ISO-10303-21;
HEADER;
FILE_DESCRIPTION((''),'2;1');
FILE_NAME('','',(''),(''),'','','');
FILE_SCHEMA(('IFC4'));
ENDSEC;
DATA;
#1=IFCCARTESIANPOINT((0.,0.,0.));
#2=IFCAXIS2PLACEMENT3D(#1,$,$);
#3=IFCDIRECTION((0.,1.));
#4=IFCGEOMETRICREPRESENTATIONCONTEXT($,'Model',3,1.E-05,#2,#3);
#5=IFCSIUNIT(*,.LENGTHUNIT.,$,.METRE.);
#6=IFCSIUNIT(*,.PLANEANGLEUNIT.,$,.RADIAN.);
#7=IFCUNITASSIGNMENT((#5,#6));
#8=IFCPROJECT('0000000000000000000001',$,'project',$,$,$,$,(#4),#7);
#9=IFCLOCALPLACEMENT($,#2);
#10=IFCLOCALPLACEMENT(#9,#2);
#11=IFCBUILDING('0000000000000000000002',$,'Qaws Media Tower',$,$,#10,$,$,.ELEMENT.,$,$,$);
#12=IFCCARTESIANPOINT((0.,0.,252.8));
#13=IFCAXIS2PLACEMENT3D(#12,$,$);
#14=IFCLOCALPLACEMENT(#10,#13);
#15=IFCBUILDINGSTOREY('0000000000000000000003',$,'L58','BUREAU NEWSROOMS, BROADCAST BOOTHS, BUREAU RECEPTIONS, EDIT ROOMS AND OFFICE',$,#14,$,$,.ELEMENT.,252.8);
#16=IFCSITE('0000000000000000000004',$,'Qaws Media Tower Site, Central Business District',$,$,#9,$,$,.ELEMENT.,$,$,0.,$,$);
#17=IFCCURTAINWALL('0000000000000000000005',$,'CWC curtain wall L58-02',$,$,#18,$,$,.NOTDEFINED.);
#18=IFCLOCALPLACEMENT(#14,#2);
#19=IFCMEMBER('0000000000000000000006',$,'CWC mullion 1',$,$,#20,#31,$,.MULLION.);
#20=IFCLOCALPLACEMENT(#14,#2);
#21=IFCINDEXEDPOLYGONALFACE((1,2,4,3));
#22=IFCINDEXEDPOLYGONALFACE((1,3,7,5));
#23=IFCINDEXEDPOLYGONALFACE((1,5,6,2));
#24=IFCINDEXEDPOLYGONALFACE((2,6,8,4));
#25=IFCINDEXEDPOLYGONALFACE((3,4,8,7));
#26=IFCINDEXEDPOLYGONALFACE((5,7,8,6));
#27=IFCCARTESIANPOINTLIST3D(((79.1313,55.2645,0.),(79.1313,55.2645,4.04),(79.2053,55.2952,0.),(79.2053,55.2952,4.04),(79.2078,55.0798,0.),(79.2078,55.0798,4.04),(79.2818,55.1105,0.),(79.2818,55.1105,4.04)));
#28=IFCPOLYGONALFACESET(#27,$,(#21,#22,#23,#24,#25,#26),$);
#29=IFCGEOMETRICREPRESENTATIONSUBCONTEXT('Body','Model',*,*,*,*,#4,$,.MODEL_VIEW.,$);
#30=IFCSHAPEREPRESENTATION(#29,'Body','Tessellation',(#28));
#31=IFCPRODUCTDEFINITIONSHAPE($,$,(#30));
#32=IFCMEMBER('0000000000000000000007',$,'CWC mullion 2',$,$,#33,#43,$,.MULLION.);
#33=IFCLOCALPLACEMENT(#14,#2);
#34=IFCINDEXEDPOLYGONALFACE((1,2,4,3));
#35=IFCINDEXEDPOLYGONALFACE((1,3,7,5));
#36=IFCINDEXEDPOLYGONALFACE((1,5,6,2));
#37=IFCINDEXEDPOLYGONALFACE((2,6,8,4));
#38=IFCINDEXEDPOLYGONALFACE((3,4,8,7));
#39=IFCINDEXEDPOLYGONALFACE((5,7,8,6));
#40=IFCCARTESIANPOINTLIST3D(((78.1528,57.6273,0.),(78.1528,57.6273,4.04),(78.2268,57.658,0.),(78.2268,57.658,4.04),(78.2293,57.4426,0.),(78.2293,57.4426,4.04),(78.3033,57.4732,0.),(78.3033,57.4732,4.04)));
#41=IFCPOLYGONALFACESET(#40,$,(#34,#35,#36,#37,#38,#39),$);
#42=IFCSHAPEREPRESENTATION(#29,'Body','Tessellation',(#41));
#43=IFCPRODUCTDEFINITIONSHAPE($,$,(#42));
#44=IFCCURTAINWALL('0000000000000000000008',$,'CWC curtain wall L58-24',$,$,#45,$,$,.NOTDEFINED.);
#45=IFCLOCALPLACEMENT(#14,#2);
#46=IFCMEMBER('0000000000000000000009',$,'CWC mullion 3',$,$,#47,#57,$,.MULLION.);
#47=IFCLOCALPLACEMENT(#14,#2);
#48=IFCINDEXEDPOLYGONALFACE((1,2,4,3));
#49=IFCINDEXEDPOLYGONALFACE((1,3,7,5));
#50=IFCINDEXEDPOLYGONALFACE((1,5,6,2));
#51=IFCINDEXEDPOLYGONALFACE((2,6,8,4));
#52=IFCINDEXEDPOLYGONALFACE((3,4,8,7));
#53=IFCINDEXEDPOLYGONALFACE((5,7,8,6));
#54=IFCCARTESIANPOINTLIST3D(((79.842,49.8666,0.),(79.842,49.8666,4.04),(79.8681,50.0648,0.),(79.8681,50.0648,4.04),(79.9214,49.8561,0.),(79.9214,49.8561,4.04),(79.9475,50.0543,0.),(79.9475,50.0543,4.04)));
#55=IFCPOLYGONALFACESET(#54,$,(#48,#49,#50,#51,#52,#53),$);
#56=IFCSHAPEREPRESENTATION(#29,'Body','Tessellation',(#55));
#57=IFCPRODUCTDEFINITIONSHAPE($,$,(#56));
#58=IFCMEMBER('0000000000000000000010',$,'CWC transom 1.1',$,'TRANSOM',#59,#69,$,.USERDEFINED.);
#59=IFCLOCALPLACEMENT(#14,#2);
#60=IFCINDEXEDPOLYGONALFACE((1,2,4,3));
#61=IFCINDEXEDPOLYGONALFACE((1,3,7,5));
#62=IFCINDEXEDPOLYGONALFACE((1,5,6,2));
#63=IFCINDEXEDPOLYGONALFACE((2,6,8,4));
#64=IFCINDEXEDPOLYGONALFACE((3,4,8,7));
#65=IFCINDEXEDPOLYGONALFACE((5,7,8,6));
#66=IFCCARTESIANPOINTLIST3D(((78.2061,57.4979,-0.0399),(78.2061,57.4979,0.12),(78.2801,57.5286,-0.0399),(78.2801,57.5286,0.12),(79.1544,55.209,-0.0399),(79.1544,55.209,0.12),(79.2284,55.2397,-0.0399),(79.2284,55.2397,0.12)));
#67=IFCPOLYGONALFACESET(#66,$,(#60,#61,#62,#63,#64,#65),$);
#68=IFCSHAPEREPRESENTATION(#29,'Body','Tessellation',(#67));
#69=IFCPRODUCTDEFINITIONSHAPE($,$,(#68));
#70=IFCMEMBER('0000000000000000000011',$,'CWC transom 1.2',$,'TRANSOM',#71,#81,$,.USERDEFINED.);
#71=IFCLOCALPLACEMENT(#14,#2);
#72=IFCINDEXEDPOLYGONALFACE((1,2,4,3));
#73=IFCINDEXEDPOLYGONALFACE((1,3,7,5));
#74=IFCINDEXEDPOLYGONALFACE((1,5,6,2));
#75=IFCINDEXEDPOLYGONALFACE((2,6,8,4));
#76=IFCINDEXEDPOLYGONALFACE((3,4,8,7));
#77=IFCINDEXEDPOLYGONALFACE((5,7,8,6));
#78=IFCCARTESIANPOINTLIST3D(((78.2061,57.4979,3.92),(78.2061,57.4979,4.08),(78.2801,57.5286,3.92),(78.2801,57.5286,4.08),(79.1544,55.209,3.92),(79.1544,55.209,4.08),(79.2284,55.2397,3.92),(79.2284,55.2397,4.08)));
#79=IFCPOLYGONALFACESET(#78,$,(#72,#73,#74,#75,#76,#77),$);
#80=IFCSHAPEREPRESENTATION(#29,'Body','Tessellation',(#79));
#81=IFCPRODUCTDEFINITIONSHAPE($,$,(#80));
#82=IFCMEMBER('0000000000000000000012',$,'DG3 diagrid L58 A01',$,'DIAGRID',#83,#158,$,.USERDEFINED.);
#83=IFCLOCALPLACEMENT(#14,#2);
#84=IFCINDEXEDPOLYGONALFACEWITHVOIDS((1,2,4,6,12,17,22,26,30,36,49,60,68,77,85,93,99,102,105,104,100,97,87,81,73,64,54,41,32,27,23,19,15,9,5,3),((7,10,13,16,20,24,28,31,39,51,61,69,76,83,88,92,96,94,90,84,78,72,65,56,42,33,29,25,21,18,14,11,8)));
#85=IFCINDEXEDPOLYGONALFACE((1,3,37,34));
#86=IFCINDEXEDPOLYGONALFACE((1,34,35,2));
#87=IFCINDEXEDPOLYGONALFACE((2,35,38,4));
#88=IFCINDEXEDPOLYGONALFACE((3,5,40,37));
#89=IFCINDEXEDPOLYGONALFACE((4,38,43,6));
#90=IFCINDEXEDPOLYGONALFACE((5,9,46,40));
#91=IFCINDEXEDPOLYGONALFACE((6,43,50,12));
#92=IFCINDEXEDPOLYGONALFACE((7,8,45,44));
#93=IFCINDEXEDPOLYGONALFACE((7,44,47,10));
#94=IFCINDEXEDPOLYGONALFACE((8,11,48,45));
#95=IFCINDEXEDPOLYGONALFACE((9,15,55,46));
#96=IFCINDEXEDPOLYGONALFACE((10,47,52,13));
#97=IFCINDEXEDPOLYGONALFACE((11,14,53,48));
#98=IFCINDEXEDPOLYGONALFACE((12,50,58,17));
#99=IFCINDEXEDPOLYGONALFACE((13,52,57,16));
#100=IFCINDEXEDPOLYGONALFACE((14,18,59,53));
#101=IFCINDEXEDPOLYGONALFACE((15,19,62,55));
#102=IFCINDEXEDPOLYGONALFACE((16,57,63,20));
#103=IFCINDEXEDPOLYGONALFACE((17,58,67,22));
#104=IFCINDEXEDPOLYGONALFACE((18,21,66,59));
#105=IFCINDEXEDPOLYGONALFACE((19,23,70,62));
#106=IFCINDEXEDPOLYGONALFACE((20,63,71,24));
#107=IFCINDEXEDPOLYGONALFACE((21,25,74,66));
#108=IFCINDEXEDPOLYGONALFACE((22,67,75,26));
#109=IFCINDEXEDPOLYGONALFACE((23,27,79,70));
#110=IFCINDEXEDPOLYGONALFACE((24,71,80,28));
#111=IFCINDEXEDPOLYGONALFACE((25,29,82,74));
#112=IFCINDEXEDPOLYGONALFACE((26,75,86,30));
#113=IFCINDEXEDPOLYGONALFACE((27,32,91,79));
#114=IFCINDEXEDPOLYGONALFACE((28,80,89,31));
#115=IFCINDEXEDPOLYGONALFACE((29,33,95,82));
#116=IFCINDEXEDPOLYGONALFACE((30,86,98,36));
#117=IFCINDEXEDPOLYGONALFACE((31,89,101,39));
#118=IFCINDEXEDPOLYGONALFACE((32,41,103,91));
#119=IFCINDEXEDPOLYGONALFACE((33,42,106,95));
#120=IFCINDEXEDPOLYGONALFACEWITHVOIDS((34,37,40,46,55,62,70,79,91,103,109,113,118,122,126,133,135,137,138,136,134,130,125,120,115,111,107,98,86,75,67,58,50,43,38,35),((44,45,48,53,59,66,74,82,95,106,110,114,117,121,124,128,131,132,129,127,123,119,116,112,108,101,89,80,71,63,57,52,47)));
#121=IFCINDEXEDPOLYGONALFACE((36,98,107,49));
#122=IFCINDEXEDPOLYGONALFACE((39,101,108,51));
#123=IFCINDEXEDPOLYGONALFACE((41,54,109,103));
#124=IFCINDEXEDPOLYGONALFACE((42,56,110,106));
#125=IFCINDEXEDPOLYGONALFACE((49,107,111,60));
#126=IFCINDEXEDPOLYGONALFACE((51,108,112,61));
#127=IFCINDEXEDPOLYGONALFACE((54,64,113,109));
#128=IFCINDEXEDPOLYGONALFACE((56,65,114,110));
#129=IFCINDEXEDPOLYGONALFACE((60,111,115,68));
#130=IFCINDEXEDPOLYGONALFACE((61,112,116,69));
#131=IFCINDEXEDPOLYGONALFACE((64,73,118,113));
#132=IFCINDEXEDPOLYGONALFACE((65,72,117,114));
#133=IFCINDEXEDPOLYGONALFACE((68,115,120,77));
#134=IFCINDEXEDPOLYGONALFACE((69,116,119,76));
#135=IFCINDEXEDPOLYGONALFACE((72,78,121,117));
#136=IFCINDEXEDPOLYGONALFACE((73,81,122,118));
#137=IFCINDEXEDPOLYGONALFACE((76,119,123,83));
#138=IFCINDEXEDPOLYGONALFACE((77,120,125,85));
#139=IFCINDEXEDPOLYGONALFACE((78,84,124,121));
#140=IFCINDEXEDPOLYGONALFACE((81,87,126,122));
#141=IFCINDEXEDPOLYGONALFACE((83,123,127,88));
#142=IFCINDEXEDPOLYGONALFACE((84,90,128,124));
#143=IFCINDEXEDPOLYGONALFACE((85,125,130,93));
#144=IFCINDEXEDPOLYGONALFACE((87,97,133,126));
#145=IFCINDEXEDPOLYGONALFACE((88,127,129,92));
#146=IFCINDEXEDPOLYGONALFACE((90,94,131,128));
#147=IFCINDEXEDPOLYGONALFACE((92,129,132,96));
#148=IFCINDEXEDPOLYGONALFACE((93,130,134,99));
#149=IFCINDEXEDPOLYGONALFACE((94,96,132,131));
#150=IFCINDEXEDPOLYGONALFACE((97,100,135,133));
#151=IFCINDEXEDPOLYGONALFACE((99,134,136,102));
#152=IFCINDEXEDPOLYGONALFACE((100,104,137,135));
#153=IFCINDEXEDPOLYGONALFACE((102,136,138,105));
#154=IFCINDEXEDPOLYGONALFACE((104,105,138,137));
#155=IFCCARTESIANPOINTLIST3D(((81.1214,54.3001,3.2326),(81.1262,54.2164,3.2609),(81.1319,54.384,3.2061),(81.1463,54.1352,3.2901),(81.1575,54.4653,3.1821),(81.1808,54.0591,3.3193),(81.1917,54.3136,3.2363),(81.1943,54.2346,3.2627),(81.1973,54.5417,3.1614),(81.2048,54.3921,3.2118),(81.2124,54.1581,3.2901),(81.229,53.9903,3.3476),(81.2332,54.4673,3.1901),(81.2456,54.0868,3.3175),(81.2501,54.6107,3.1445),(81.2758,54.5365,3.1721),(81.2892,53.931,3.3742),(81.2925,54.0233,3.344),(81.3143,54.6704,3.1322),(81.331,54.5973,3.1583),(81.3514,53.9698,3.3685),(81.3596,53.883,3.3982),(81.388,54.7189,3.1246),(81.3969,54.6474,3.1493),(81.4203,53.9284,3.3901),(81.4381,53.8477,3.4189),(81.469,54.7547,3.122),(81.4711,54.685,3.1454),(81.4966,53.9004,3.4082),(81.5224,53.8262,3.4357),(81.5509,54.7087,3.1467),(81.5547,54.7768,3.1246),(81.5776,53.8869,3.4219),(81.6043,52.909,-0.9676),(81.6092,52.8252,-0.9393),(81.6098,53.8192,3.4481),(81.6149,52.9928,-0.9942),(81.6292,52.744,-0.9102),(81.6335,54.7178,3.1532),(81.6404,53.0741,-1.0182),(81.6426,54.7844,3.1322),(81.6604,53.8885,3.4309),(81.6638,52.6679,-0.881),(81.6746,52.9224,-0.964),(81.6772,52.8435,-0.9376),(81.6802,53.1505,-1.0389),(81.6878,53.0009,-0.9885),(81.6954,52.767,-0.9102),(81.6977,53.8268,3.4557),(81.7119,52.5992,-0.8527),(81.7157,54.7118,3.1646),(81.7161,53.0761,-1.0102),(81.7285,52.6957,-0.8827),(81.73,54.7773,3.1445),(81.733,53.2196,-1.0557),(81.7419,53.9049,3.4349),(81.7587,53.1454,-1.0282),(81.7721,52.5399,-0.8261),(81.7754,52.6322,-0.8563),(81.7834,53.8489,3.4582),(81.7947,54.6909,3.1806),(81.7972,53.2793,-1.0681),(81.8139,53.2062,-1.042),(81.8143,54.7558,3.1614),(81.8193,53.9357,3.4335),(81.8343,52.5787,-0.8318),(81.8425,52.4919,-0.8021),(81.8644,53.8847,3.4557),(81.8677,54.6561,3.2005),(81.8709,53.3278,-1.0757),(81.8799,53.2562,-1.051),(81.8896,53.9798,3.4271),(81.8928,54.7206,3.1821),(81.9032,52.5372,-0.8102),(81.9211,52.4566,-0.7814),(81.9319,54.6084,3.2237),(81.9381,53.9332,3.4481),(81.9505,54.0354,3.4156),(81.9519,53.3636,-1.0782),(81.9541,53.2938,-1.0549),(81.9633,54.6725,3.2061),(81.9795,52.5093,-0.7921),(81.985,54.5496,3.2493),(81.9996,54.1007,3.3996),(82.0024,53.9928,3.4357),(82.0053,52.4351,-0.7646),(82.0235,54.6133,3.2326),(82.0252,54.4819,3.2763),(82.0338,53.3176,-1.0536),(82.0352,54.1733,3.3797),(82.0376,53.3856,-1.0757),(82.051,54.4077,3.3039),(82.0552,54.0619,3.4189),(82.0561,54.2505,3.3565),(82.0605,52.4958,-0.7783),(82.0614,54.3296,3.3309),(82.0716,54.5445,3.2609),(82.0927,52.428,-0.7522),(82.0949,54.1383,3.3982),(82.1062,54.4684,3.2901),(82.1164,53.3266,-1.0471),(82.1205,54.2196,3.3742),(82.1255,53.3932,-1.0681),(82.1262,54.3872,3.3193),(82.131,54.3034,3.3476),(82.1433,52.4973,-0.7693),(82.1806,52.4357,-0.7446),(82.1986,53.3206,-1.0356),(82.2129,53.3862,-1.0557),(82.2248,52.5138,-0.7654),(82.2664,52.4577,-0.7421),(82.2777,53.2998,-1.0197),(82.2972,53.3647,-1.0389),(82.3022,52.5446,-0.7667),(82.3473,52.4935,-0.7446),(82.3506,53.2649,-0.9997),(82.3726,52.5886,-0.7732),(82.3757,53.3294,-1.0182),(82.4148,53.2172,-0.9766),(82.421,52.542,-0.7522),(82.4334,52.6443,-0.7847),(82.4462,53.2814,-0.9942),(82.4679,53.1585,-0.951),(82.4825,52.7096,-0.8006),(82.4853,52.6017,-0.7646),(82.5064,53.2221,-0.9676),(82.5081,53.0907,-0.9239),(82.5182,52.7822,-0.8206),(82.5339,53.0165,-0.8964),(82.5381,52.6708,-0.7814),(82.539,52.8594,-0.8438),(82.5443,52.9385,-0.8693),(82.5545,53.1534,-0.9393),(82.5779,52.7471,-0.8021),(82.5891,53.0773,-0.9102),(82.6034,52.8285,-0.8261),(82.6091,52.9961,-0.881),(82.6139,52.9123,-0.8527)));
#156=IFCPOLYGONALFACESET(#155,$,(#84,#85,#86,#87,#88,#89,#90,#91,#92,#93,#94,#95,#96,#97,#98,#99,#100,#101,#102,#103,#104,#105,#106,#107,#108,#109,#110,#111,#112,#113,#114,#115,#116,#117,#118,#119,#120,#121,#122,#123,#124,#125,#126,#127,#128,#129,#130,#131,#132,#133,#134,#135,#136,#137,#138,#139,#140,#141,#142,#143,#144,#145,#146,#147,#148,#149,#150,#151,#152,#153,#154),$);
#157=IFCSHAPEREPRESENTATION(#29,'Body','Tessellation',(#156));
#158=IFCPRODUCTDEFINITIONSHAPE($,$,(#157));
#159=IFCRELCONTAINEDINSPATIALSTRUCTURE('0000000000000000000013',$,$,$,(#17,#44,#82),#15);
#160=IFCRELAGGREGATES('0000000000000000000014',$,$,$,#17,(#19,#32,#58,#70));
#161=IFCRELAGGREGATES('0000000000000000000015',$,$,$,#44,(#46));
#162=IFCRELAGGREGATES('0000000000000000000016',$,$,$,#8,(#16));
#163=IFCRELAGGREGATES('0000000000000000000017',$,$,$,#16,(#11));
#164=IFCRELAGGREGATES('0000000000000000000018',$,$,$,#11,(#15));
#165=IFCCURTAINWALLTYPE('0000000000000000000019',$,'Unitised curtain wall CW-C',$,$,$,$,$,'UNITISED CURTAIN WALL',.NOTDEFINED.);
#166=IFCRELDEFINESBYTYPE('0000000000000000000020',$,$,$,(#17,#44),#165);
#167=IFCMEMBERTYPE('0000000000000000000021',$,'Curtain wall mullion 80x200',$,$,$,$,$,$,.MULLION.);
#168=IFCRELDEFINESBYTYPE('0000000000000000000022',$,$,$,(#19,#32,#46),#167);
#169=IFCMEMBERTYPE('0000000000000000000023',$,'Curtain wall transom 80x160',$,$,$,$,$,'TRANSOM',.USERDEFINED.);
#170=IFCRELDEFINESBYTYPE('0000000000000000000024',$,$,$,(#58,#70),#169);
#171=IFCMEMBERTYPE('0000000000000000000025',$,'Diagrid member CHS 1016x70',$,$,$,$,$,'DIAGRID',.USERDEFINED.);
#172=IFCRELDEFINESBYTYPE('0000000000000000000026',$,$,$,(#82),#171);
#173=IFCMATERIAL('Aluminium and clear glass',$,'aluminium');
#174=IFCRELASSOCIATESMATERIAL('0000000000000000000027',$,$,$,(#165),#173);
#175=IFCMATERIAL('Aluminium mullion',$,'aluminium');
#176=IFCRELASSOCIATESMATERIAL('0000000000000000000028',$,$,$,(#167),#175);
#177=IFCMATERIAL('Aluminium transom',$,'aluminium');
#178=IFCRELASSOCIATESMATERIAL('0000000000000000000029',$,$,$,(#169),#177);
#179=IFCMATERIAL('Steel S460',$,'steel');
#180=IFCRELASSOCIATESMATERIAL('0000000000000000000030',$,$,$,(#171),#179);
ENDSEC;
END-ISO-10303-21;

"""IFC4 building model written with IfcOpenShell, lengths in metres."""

from ifc_helpers import new_model, si_unit, direction, frame, origin, origin_2d, place, context, subcontext, project, spatial, rectangle, hollow_circle, extrude, material, material_profile, profile_set, type_object, element, aggregate, save


model = new_model("IFC4")

# Units and contexts
model_context = context("Model", 3, precision=1e-05, world=origin(), true_north=direction((0.0, 1.0)))
body_context = subcontext(model_context, "Body", "Model", "MODEL_VIEW")
ifc_project = project(units=[si_unit("LENGTHUNIT", "METRE"), si_unit("PLANEANGLEUNIT", "RADIAN")], contexts=[model_context])

# Site, building, storey
site_placement = place(None, origin())
site = spatial("IfcSite", under=ifc_project, at=site_placement, Name="Qaws Media Tower Site, Central Business District", CompositionType="ELEMENT", RefElevation=0.0)
building_placement = place(site_placement, origin())
building = spatial("IfcBuilding", under=site, at=building_placement, Name="Qaws Media Tower", CompositionType="ELEMENT")
storey_placement = place(building_placement, frame((0.0, 0.0, 252.8)))
storey = spatial("IfcBuildingStorey", under=building, at=storey_placement, Name="L58", Description="BUREAU NEWSROOMS, BROADCAST BOOTHS, BUREAU RECEPTIONS, EDIT ROOMS AND OFFICE", CompositionType="ELEMENT", Elevation=252.8)

# Curtain wall, members
ifc_material_1 = material(Name="Aluminium and clear glass", Category="aluminium")
curtain_wall_type = type_object("IfcCurtainWallType", Name="Unitised curtain wall CW-C", ElementType="UNITISED CURTAIN WALL", PredefinedType="NOTDEFINED", material=ifc_material_1)
curtain_wall_1_placement = place(storey_placement, origin())
curtain_wall_1 = element("IfcCurtainWall", 1, at=curtain_wall_1_placement, inside=storey, type_object=curtain_wall_type, Name="CWC curtain wall L58-02", PredefinedType="NOTDEFINED")
ifc_material_2 = material(Name="Aluminium mullion", Category="aluminium")
ifc_material_profile_1 = material_profile(ifc_material_2, rectangle(XDim=0.0801, YDim=0.2, at=origin_2d()), Name="80x200")
ifc_profile_set_1 = profile_set([ifc_material_profile_1], Name="Aluminium mullion")
member_type_1 = type_object("IfcMemberType", Name="Curtain wall mullion 80x200", PredefinedType="MULLION", material=ifc_profile_set_1)
member_1_placement = place(storey_placement, frame((79.2065, 55.1875, 0.0), z_axis=(0.0, 0.0, 1.0), x_axis=(-0.92388, -0.382683, 0.0)))
member_1 = element("IfcMember", 2, at=member_1_placement, type_object=member_type_1, Name="CWC mullion 1", PredefinedType="MULLION", context=body_context, shape_type="SweptSolid", body=[
    extrude(rectangle(XDim=0.0801, YDim=0.2, at=origin_2d()), origin(), (0.0, 0.0, 1.0), 4.04),
])
member_2_placement = place(storey_placement, frame((78.228, 57.5503, 0.0), z_axis=(0.0, 0.0, 1.0), x_axis=(-0.92388, -0.382683, 0.0)))
member_2 = element("IfcMember", 3, at=member_2_placement, type_object=member_type_1, Name="CWC mullion 2", PredefinedType="MULLION", context=body_context, shape_type="SweptSolid", body=[
    extrude(rectangle(XDim=0.0801, YDim=0.2, at=origin_2d()), origin(), (0.0, 0.0, 1.0), 4.04),
])

# Curtain wall, member
curtain_wall_2_placement = place(storey_placement, origin())
curtain_wall_2 = element("IfcCurtainWall", 4, at=curtain_wall_2_placement, inside=storey, type_object=curtain_wall_type, Name="CWC curtain wall L58-24", PredefinedType="NOTDEFINED")
member_3_placement = place(storey_placement, frame((79.8948, 49.9604, 0.0), z_axis=(0.0, 0.0, 1.0), x_axis=(-0.991445, 0.130526, 0.0)))
member_3 = element("IfcMember", 5, at=member_3_placement, type_object=member_type_1, Name="CWC mullion 3", PredefinedType="MULLION", context=body_context, shape_type="SweptSolid", body=[
    extrude(rectangle(XDim=0.0801, YDim=0.2, at=origin_2d()), origin(), (0.0, 0.0, 1.0), 4.04),
])

# Members
ifc_material_3 = material(Name="Aluminium transom", Category="aluminium")
ifc_material_profile_2 = material_profile(ifc_material_3, rectangle(XDim=0.0801, YDim=0.1599, at=origin_2d()), Name="80x160")
ifc_profile_set_2 = profile_set([ifc_material_profile_2], Name="Aluminium transom")
member_type_2 = type_object("IfcMemberType", Name="Curtain wall transom 80x160", ElementType="TRANSOM", PredefinedType="USERDEFINED", material=ifc_profile_set_2)
member_4_placement = place(storey_placement, frame((79.1914, 55.2244, 0.04), z_axis=(-0.382746, 0.923853, 0.0), x_axis=(-0.923853, -0.382746, 0.0)))
member_4 = element("IfcMember", 6, at=member_4_placement, type_object=member_type_2, Name="CWC transom 1.1", ObjectType="TRANSOM", PredefinedType="USERDEFINED", context=body_context, shape_type="SweptSolid", body=[
    extrude(rectangle(XDim=0.0801, YDim=0.1599, at=origin_2d()), origin(), (0.0, 0.0, 1.0), 2.4775),
])
member_5_placement = place(storey_placement, frame((79.1914, 55.2244, 4.0), z_axis=(-0.382746, 0.923853, 0.0), x_axis=(-0.923853, -0.382746, 0.0)))
member_5 = element("IfcMember", 7, at=member_5_placement, type_object=member_type_2, Name="CWC transom 1.2", ObjectType="TRANSOM", PredefinedType="USERDEFINED", context=body_context, shape_type="SweptSolid", body=[
    extrude(rectangle(XDim=0.0801, YDim=0.1599, at=origin_2d()), origin(), (0.0, 0.0, 1.0), 2.4775),
])

# Member
ifc_material_4 = material(Name="Steel S460", Category="steel")
ifc_material_profile_3 = material_profile(ifc_material_4, hollow_circle(Radius=0.5081, WallThickness=0.0701, at=origin_2d()), Name="CHS 1016x70")
ifc_profile_set_3 = profile_set([ifc_material_profile_3], Name="Steel S460")
member_type_3 = type_object("IfcMemberType", Name="Diagrid member CHS 1016x70", ElementType="DIAGRID", PredefinedType="USERDEFINED", material=ifc_profile_set_3)
member_6_placement = place(storey_placement, frame((82.1091, 52.9106, -0.9102), z_axis=(-0.108498, 0.31255, 0.943684), x_axis=(-0.944698, -0.327942, 0.0)))
element("IfcMember", 8, at=member_6_placement, inside=storey, type_object=member_type_3, Name="DG3 diagrid L58 A01", ObjectType="DIAGRID", PredefinedType="USERDEFINED", context=body_context, shape_type="SweptSolid", body=[
    extrude(hollow_circle(Radius=0.5081, WallThickness=0.0701, at=origin_2d()), origin(), (0.0, 0.0, 1.0), 4.4509),
])

aggregate(curtain_wall_1, [member_1, member_2, member_4, member_5])
aggregate(curtain_wall_2, [member_3])

save(model, "model.ifc")
